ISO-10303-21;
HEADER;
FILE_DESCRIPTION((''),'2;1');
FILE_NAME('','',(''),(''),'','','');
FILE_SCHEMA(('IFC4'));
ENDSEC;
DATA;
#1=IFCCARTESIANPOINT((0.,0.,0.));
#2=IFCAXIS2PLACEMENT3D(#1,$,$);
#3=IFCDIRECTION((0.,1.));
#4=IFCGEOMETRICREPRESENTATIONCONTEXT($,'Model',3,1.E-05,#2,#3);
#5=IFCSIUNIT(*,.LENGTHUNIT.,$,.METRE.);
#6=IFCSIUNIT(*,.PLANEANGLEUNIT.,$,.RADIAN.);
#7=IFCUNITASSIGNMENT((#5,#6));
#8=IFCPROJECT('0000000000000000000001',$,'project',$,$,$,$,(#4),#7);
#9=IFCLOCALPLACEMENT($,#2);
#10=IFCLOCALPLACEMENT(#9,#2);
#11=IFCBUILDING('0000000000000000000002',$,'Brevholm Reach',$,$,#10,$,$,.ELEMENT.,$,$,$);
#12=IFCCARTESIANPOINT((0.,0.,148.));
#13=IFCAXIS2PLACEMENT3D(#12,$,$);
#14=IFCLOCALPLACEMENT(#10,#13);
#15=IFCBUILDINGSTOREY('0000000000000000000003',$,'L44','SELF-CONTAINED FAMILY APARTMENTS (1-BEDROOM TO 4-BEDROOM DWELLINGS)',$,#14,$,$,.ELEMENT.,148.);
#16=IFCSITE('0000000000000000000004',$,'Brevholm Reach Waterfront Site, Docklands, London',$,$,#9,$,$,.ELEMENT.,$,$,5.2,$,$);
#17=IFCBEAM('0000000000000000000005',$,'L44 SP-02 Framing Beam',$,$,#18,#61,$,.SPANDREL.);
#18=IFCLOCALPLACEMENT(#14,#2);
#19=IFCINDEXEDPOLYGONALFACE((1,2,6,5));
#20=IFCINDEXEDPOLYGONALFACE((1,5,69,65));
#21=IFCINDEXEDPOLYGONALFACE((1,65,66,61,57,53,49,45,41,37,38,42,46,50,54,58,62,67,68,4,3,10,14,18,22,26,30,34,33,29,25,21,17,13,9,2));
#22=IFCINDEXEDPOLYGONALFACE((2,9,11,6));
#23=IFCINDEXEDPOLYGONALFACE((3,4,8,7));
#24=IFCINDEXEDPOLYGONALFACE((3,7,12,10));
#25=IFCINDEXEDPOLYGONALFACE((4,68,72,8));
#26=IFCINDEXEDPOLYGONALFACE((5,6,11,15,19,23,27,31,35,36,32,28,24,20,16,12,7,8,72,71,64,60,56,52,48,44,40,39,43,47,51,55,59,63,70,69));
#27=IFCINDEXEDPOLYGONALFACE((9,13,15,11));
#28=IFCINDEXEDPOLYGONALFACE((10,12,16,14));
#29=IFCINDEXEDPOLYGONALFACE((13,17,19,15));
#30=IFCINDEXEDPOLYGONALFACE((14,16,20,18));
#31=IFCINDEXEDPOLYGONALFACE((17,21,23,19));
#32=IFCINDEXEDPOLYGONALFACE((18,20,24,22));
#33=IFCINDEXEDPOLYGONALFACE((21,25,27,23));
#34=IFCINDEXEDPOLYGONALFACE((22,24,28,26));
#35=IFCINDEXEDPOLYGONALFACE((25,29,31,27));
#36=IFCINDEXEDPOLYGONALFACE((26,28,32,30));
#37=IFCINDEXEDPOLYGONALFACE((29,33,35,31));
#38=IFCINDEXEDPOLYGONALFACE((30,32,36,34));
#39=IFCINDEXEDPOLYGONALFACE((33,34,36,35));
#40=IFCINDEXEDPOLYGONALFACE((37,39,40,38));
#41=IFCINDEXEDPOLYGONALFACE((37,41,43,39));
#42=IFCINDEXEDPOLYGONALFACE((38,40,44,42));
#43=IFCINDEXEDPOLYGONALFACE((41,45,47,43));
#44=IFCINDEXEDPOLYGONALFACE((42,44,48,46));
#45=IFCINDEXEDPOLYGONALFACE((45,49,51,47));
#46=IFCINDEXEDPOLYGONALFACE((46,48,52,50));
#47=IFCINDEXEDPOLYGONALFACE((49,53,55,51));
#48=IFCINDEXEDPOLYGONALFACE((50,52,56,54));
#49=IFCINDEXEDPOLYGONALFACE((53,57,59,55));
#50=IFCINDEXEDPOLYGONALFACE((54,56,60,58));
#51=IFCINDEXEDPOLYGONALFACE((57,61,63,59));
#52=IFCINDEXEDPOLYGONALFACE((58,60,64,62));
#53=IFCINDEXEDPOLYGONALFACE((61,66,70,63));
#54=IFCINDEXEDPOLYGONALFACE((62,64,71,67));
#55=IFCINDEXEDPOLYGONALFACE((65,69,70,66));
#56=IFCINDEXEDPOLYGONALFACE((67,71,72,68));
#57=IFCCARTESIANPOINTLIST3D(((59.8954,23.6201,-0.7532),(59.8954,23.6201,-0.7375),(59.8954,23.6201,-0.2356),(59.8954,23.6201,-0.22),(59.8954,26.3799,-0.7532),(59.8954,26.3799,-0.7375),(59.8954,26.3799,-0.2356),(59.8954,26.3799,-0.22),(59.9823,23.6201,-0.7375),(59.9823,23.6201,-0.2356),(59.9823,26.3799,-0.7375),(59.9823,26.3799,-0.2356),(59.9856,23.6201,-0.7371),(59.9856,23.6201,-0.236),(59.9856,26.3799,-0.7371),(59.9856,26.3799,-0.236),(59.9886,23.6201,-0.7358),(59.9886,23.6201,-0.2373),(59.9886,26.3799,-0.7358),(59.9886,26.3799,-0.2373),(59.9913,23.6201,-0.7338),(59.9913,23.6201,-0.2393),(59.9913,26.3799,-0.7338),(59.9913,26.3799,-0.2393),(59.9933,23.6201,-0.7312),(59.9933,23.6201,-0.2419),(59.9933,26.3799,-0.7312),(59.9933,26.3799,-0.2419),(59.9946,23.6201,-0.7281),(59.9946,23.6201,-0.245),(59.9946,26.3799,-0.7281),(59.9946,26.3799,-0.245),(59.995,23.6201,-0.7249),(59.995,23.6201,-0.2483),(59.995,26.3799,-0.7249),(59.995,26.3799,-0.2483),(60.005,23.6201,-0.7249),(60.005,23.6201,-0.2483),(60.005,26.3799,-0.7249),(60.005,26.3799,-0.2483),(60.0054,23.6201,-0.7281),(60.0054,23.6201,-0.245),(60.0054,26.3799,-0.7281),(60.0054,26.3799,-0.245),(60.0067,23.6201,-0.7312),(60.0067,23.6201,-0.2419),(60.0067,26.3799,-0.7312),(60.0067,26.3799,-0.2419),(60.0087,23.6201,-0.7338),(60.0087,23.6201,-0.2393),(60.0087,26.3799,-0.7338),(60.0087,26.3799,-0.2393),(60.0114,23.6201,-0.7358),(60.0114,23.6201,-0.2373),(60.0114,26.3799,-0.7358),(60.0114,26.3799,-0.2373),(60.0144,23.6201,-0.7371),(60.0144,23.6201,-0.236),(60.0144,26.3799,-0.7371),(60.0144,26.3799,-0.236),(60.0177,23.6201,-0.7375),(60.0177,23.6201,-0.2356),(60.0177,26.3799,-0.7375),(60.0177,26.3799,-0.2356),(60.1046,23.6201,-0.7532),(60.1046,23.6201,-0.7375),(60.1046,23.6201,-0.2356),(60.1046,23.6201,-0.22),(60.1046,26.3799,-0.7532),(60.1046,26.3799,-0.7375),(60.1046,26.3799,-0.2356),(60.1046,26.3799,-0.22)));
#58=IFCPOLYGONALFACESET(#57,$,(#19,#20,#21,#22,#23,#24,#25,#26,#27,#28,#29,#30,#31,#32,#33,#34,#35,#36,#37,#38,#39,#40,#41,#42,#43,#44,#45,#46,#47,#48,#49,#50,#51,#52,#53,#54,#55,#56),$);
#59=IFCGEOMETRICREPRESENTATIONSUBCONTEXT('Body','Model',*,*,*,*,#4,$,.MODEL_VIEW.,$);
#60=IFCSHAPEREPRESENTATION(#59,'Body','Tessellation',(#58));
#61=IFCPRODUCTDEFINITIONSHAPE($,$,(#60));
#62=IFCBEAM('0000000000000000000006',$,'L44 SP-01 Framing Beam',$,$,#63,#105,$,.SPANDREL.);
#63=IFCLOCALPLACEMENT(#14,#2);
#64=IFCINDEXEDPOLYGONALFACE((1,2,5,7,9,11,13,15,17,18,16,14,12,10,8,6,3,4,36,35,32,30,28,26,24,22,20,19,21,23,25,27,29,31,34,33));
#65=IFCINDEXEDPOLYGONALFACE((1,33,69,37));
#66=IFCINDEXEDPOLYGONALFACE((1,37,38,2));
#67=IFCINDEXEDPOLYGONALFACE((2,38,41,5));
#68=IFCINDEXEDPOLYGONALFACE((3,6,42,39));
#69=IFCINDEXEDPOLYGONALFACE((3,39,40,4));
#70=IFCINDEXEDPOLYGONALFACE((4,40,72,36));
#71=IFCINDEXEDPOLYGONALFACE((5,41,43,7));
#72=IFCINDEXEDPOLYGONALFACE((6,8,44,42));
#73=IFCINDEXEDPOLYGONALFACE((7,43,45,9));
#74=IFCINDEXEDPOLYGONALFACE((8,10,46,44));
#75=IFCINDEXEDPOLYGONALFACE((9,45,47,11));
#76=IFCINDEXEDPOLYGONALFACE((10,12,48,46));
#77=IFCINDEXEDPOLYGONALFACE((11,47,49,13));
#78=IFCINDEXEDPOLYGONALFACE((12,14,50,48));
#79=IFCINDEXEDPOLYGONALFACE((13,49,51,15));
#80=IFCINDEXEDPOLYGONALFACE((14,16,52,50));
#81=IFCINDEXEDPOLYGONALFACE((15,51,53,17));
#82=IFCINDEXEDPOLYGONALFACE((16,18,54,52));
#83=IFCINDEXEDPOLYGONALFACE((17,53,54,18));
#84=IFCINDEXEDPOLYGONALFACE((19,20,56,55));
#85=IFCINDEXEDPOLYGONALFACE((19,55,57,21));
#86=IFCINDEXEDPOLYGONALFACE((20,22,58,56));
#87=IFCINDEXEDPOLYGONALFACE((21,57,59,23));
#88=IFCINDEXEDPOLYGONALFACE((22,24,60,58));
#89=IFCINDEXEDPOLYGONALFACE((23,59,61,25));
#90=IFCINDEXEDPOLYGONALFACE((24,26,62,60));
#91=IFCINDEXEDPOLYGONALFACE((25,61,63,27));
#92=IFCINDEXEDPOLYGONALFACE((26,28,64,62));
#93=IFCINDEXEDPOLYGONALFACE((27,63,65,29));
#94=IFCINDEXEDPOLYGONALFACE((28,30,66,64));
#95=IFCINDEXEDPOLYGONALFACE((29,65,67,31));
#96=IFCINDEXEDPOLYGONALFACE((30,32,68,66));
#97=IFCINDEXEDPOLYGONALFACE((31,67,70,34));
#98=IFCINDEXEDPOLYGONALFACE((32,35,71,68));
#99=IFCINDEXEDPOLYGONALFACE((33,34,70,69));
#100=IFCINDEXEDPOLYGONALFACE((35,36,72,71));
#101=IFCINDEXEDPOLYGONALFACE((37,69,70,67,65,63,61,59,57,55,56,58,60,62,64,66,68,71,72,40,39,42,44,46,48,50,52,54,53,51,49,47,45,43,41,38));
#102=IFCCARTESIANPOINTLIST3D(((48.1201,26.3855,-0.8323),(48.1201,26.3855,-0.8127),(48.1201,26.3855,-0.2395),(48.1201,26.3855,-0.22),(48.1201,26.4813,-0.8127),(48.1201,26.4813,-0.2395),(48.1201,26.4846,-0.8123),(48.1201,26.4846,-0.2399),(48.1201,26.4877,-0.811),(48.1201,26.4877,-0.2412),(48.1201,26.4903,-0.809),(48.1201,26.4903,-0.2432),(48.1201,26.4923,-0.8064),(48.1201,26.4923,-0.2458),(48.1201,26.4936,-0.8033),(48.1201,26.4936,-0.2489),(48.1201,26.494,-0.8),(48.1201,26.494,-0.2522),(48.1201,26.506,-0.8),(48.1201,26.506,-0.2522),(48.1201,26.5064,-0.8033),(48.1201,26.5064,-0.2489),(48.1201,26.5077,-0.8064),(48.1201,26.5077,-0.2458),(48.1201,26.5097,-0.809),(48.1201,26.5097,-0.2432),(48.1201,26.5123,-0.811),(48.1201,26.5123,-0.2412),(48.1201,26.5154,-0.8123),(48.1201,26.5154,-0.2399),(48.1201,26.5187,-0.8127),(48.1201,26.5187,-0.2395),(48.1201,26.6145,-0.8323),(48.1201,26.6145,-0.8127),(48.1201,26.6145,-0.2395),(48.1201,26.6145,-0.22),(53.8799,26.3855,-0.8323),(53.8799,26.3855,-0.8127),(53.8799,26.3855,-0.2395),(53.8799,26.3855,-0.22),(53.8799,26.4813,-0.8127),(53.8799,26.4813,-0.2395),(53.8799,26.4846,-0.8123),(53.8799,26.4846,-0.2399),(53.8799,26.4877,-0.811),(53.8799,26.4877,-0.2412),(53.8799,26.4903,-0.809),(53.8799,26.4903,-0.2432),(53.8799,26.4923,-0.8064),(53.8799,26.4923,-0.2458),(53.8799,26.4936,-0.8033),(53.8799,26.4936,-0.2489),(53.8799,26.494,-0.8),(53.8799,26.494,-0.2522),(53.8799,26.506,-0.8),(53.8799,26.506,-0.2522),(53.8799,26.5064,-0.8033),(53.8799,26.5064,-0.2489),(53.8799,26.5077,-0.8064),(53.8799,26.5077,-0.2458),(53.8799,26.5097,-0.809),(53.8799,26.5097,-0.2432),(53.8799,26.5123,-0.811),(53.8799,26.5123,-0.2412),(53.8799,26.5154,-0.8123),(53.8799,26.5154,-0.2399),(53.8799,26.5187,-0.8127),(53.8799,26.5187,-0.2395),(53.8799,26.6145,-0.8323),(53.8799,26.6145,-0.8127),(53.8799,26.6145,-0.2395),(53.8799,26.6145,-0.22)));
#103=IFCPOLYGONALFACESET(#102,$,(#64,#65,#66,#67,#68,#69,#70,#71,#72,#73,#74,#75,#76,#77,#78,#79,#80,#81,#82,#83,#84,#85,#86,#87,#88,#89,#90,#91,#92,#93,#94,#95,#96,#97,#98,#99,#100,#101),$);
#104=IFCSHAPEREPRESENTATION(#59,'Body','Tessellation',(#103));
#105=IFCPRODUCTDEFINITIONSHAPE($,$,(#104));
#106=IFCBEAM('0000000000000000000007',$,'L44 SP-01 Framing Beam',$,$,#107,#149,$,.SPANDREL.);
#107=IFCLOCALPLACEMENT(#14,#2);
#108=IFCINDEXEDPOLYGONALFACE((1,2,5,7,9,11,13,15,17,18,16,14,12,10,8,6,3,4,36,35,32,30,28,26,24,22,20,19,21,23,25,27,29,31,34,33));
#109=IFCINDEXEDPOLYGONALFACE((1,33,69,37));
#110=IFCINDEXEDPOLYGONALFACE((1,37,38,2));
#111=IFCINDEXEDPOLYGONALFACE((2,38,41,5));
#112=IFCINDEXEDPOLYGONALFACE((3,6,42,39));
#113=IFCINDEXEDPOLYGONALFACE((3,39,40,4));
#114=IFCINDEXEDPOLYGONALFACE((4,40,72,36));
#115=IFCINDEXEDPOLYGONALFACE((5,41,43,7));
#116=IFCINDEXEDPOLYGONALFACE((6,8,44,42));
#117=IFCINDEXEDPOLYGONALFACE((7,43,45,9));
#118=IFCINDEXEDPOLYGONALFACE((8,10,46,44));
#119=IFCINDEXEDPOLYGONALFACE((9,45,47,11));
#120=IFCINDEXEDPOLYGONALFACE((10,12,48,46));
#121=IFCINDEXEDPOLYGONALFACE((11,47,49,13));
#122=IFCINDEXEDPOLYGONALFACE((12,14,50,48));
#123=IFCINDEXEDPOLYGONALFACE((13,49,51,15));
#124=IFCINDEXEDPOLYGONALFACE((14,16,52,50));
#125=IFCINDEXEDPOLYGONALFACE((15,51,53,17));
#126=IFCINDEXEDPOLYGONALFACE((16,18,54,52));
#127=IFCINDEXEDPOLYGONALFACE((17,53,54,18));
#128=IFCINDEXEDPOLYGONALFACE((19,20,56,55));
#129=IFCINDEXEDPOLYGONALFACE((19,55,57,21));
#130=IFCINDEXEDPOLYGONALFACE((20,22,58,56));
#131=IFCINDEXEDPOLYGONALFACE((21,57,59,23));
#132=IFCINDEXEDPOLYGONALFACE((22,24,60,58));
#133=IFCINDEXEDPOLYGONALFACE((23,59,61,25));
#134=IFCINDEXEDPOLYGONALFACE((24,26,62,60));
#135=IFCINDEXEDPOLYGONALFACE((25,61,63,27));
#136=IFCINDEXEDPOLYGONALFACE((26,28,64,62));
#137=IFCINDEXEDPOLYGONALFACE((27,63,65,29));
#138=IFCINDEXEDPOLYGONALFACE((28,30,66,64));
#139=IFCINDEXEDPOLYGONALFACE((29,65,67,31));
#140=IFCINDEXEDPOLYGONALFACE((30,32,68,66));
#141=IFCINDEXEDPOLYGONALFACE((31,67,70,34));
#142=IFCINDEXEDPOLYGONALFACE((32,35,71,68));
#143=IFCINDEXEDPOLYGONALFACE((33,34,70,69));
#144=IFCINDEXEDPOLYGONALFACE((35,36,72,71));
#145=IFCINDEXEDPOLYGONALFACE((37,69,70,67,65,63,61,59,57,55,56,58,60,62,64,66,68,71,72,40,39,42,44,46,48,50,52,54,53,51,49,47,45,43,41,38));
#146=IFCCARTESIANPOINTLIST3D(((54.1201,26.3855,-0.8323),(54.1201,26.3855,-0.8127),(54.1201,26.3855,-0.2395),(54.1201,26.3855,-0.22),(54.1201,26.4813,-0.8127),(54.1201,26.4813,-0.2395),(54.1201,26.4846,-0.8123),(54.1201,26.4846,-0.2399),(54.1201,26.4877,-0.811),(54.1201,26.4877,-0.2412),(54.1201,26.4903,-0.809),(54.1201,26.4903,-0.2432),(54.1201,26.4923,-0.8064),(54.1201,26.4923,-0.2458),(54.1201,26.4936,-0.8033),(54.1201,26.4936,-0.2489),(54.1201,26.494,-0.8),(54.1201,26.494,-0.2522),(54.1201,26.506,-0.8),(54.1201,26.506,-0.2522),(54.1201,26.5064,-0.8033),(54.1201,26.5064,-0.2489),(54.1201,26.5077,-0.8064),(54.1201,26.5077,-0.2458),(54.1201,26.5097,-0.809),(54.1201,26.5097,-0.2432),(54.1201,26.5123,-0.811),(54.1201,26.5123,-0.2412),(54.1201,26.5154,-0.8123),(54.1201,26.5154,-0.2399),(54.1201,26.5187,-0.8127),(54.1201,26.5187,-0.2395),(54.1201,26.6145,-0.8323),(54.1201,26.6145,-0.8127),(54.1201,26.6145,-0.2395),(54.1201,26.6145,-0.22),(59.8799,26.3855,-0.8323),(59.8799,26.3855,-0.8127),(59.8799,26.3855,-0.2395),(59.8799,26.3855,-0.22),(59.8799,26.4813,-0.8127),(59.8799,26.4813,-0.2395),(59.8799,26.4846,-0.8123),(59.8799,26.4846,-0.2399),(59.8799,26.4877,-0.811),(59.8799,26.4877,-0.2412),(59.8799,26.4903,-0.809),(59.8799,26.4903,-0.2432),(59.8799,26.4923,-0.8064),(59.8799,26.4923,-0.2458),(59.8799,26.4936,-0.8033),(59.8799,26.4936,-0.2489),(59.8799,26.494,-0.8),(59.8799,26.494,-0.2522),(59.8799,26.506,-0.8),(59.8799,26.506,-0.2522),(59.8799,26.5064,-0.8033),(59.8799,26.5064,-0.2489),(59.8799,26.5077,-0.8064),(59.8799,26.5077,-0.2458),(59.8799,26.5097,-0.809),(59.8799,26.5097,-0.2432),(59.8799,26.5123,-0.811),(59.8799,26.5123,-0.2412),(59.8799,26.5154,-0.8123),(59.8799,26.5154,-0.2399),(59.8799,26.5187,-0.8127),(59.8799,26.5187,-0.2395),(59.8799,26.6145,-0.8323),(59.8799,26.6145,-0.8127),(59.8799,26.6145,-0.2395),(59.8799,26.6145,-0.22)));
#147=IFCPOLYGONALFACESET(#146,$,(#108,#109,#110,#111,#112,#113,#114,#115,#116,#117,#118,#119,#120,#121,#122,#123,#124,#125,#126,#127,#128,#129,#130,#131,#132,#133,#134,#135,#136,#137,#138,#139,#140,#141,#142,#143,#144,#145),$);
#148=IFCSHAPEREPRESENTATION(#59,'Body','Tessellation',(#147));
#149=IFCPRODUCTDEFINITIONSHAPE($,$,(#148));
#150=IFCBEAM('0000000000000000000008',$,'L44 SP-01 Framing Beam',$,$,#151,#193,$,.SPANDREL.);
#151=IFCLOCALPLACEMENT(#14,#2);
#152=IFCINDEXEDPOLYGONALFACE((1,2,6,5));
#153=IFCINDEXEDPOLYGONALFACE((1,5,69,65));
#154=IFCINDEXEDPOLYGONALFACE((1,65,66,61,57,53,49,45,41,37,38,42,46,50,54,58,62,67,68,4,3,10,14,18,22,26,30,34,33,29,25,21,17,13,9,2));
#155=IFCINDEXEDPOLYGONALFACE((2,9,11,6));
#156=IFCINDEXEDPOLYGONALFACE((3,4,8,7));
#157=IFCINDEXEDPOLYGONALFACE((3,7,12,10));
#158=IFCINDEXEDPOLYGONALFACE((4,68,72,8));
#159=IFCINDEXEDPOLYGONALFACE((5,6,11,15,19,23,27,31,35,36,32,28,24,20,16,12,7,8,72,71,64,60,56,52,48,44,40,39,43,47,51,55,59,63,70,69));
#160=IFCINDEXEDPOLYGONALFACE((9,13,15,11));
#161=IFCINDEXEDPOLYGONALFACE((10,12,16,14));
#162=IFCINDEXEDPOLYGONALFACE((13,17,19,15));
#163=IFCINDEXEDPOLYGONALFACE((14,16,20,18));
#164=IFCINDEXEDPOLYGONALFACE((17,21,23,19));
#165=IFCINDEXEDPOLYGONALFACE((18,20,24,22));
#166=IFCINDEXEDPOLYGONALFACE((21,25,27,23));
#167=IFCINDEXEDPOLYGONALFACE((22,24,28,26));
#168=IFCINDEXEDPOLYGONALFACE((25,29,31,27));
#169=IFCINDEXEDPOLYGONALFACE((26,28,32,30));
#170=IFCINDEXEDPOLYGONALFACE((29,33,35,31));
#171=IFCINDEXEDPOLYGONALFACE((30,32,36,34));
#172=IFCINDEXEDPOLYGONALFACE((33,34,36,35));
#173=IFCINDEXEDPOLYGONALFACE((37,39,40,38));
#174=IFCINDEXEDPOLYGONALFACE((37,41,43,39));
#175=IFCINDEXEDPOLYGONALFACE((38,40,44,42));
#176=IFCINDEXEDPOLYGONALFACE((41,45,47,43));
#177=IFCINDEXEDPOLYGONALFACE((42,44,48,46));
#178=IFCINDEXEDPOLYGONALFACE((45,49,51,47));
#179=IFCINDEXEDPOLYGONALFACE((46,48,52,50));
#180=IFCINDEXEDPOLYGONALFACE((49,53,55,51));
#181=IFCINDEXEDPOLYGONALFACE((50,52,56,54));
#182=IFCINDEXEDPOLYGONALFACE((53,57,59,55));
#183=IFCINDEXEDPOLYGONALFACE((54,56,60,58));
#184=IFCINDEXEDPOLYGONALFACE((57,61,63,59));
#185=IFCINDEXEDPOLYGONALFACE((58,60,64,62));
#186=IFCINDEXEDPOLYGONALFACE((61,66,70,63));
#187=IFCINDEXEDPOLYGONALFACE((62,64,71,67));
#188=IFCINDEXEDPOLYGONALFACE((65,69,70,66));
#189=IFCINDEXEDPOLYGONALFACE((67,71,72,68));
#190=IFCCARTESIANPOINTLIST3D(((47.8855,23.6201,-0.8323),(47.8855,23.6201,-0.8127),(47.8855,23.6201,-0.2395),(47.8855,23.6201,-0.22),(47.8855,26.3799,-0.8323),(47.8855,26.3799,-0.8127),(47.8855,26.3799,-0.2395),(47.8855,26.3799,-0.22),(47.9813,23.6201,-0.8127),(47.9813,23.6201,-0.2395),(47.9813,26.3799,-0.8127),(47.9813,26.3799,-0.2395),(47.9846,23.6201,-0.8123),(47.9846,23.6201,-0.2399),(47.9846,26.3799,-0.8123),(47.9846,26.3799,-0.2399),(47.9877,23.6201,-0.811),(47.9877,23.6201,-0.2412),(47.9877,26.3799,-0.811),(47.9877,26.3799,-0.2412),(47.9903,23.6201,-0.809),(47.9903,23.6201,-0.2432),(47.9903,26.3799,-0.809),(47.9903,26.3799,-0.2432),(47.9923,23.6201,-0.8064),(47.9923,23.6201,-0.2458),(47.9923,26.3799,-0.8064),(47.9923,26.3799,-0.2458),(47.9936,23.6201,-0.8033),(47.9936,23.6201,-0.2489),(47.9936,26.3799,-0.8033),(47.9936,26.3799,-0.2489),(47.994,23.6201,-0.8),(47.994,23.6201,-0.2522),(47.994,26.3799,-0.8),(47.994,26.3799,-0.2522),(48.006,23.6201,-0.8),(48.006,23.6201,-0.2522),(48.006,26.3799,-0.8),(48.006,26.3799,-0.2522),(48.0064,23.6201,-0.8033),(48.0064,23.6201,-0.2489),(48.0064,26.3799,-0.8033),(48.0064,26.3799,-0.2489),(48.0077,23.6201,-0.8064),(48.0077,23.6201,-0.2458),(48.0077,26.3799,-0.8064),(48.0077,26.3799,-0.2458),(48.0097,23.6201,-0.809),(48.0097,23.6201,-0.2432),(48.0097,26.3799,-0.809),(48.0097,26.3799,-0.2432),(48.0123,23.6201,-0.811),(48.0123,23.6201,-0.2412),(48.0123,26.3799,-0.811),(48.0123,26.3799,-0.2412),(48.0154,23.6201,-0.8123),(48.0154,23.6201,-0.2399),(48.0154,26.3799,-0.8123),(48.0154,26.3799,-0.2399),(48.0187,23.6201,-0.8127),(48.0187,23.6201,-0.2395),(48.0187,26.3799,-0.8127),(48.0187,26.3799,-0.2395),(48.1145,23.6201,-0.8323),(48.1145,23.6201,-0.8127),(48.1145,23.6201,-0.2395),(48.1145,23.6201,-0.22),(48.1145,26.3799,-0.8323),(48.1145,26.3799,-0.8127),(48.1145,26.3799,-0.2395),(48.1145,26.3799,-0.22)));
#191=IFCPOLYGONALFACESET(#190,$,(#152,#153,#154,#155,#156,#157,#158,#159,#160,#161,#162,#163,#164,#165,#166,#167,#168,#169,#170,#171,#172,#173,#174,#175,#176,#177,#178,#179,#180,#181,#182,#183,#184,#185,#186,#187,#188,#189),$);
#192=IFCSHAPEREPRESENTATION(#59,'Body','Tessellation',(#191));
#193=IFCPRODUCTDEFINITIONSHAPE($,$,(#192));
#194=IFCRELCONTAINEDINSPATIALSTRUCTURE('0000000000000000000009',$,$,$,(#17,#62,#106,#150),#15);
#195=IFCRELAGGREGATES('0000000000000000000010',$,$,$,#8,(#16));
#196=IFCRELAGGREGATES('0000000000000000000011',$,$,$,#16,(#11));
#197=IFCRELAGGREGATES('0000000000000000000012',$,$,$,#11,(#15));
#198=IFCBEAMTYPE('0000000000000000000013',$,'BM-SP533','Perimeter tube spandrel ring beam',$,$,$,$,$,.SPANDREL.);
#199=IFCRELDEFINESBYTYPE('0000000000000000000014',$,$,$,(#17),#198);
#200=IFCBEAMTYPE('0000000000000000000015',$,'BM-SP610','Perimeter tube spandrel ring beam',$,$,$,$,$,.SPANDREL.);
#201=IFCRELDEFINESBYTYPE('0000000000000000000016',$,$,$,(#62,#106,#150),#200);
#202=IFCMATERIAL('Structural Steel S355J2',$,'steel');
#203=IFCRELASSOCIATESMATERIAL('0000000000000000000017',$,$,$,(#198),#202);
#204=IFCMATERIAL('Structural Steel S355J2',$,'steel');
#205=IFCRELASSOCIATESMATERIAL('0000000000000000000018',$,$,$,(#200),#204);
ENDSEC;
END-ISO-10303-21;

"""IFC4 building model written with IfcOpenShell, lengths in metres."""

from ifc_helpers import new_model, si_unit, direction, frame, origin, origin_2d, place, context, subcontext, project, spatial, i_section, extrude, material, material_profile, profile_set, type_object, element, save


model = new_model("IFC4")

# Units and contexts
model_context = context("Model", 3, precision=1e-05, world=origin(), true_north=direction((0.0, 1.0)))
body_context = subcontext(model_context, "Body", "Model", "MODEL_VIEW")
ifc_project = project(units=[si_unit("LENGTHUNIT", "METRE"), si_unit("PLANEANGLEUNIT", "RADIAN")], contexts=[model_context])

# Site, building, storey
site_placement = place(None, origin())
site = spatial("IfcSite", under=ifc_project, at=site_placement, Name="Brevholm Reach Waterfront Site, Docklands, London", CompositionType="ELEMENT", RefElevation=5.2)
building_placement = place(site_placement, origin())
building = spatial("IfcBuilding", under=site, at=building_placement, Name="Brevholm Reach", CompositionType="ELEMENT")
storey_placement = place(building_placement, frame((0.0, 0.0, 148.0)))
storey = spatial("IfcBuildingStorey", under=building, at=storey_placement, Name="L44", Description="SELF-CONTAINED FAMILY APARTMENTS (1-BEDROOM TO 4-BEDROOM DWELLINGS)", CompositionType="ELEMENT", Elevation=148.0)

# Beams
ifc_material_1 = material(Name="Structural Steel S355J2", Category="steel")
ifc_material_profile_1 = material_profile(ifc_material_1, i_section(OverallWidth=0.2092, OverallDepth=0.5332, WebThickness=0.01, FlangeThickness=0.0156, FilletRadius=0.0127, at=origin_2d()), Name="UKB 533x210x92")
ifc_profile_set_1 = profile_set([ifc_material_profile_1], Name="Structural Steel S355J2")
beam_type_1 = type_object("IfcBeamType", Name="BM-SP533", Description="Perimeter tube spandrel ring beam", PredefinedType="SPANDREL", material=ifc_profile_set_1)
beam_1_placement = place(storey_placement, frame((60.0, 23.6201, -0.4866), z_axis=(0.0, 1.0, 0.0), x_axis=(-1.0, 0.0, 0.0)))
element("IfcBeam", 1, at=beam_1_placement, inside=storey, type_object=beam_type_1, Name="L44 SP-02 Framing Beam", PredefinedType="SPANDREL", context=body_context, shape_type="SweptSolid", body=[
    extrude(i_section(OverallWidth=0.2092, OverallDepth=0.5332, WebThickness=0.01, FlangeThickness=0.0156, FilletRadius=0.0127, at=origin_2d()), origin(), (0.0, 0.0, 1.0), 2.7598),
])
ifc_material_2 = material(Name="Structural Steel S355J2", Category="steel")
ifc_material_profile_2 = material_profile(ifc_material_2, i_section(OverallWidth=0.229, OverallDepth=0.6123, WebThickness=0.012, FlangeThickness=0.0195, FilletRadius=0.0127, at=origin_2d()), Name="UKB 610x229x125")
ifc_profile_set_2 = profile_set([ifc_material_profile_2], Name="Structural Steel S355J2")
beam_type_2 = type_object("IfcBeamType", Name="BM-SP610", Description="Perimeter tube spandrel ring beam", PredefinedType="SPANDREL", material=ifc_profile_set_2)
for number, where, z_axis, x_axis, name in (
    (2, (48.1201, 26.5, -0.5261), (1.0, 0.0, 0.0), (0.0, 1.0, 0.0), "L44 SP-01 Framing Beam"),
    (3, (54.1201, 26.5, -0.5261), (1.0, 0.0, 0.0), (0.0, 1.0, 0.0), "L44 SP-01 Framing Beam"),
):
    element("IfcBeam", number, at=place(storey_placement, frame(where, z_axis=z_axis, x_axis=x_axis)), inside=storey, type_object=beam_type_2, Name=name, PredefinedType="SPANDREL", context=body_context, shape_type="SweptSolid", body=[
        extrude(i_section(OverallWidth=0.229, OverallDepth=0.6123, WebThickness=0.012, FlangeThickness=0.0195, FilletRadius=0.0127, at=origin_2d()), origin(), (0.0, 0.0, 1.0), 5.7598),
    ])
beam_2_placement = place(storey_placement, frame((48.0, 23.6201, -0.5261), z_axis=(0.0, 1.0, 0.0), x_axis=(-1.0, 0.0, 0.0)))
element("IfcBeam", 4, at=beam_2_placement, inside=storey, type_object=beam_type_2, Name="L44 SP-01 Framing Beam", PredefinedType="SPANDREL", context=body_context, shape_type="SweptSolid", body=[
    extrude(i_section(OverallWidth=0.229, OverallDepth=0.6123, WebThickness=0.012, FlangeThickness=0.0195, FilletRadius=0.0127, at=origin_2d()), origin(), (0.0, 0.0, 1.0), 2.7598),
])

save(model, "model.ifc")
